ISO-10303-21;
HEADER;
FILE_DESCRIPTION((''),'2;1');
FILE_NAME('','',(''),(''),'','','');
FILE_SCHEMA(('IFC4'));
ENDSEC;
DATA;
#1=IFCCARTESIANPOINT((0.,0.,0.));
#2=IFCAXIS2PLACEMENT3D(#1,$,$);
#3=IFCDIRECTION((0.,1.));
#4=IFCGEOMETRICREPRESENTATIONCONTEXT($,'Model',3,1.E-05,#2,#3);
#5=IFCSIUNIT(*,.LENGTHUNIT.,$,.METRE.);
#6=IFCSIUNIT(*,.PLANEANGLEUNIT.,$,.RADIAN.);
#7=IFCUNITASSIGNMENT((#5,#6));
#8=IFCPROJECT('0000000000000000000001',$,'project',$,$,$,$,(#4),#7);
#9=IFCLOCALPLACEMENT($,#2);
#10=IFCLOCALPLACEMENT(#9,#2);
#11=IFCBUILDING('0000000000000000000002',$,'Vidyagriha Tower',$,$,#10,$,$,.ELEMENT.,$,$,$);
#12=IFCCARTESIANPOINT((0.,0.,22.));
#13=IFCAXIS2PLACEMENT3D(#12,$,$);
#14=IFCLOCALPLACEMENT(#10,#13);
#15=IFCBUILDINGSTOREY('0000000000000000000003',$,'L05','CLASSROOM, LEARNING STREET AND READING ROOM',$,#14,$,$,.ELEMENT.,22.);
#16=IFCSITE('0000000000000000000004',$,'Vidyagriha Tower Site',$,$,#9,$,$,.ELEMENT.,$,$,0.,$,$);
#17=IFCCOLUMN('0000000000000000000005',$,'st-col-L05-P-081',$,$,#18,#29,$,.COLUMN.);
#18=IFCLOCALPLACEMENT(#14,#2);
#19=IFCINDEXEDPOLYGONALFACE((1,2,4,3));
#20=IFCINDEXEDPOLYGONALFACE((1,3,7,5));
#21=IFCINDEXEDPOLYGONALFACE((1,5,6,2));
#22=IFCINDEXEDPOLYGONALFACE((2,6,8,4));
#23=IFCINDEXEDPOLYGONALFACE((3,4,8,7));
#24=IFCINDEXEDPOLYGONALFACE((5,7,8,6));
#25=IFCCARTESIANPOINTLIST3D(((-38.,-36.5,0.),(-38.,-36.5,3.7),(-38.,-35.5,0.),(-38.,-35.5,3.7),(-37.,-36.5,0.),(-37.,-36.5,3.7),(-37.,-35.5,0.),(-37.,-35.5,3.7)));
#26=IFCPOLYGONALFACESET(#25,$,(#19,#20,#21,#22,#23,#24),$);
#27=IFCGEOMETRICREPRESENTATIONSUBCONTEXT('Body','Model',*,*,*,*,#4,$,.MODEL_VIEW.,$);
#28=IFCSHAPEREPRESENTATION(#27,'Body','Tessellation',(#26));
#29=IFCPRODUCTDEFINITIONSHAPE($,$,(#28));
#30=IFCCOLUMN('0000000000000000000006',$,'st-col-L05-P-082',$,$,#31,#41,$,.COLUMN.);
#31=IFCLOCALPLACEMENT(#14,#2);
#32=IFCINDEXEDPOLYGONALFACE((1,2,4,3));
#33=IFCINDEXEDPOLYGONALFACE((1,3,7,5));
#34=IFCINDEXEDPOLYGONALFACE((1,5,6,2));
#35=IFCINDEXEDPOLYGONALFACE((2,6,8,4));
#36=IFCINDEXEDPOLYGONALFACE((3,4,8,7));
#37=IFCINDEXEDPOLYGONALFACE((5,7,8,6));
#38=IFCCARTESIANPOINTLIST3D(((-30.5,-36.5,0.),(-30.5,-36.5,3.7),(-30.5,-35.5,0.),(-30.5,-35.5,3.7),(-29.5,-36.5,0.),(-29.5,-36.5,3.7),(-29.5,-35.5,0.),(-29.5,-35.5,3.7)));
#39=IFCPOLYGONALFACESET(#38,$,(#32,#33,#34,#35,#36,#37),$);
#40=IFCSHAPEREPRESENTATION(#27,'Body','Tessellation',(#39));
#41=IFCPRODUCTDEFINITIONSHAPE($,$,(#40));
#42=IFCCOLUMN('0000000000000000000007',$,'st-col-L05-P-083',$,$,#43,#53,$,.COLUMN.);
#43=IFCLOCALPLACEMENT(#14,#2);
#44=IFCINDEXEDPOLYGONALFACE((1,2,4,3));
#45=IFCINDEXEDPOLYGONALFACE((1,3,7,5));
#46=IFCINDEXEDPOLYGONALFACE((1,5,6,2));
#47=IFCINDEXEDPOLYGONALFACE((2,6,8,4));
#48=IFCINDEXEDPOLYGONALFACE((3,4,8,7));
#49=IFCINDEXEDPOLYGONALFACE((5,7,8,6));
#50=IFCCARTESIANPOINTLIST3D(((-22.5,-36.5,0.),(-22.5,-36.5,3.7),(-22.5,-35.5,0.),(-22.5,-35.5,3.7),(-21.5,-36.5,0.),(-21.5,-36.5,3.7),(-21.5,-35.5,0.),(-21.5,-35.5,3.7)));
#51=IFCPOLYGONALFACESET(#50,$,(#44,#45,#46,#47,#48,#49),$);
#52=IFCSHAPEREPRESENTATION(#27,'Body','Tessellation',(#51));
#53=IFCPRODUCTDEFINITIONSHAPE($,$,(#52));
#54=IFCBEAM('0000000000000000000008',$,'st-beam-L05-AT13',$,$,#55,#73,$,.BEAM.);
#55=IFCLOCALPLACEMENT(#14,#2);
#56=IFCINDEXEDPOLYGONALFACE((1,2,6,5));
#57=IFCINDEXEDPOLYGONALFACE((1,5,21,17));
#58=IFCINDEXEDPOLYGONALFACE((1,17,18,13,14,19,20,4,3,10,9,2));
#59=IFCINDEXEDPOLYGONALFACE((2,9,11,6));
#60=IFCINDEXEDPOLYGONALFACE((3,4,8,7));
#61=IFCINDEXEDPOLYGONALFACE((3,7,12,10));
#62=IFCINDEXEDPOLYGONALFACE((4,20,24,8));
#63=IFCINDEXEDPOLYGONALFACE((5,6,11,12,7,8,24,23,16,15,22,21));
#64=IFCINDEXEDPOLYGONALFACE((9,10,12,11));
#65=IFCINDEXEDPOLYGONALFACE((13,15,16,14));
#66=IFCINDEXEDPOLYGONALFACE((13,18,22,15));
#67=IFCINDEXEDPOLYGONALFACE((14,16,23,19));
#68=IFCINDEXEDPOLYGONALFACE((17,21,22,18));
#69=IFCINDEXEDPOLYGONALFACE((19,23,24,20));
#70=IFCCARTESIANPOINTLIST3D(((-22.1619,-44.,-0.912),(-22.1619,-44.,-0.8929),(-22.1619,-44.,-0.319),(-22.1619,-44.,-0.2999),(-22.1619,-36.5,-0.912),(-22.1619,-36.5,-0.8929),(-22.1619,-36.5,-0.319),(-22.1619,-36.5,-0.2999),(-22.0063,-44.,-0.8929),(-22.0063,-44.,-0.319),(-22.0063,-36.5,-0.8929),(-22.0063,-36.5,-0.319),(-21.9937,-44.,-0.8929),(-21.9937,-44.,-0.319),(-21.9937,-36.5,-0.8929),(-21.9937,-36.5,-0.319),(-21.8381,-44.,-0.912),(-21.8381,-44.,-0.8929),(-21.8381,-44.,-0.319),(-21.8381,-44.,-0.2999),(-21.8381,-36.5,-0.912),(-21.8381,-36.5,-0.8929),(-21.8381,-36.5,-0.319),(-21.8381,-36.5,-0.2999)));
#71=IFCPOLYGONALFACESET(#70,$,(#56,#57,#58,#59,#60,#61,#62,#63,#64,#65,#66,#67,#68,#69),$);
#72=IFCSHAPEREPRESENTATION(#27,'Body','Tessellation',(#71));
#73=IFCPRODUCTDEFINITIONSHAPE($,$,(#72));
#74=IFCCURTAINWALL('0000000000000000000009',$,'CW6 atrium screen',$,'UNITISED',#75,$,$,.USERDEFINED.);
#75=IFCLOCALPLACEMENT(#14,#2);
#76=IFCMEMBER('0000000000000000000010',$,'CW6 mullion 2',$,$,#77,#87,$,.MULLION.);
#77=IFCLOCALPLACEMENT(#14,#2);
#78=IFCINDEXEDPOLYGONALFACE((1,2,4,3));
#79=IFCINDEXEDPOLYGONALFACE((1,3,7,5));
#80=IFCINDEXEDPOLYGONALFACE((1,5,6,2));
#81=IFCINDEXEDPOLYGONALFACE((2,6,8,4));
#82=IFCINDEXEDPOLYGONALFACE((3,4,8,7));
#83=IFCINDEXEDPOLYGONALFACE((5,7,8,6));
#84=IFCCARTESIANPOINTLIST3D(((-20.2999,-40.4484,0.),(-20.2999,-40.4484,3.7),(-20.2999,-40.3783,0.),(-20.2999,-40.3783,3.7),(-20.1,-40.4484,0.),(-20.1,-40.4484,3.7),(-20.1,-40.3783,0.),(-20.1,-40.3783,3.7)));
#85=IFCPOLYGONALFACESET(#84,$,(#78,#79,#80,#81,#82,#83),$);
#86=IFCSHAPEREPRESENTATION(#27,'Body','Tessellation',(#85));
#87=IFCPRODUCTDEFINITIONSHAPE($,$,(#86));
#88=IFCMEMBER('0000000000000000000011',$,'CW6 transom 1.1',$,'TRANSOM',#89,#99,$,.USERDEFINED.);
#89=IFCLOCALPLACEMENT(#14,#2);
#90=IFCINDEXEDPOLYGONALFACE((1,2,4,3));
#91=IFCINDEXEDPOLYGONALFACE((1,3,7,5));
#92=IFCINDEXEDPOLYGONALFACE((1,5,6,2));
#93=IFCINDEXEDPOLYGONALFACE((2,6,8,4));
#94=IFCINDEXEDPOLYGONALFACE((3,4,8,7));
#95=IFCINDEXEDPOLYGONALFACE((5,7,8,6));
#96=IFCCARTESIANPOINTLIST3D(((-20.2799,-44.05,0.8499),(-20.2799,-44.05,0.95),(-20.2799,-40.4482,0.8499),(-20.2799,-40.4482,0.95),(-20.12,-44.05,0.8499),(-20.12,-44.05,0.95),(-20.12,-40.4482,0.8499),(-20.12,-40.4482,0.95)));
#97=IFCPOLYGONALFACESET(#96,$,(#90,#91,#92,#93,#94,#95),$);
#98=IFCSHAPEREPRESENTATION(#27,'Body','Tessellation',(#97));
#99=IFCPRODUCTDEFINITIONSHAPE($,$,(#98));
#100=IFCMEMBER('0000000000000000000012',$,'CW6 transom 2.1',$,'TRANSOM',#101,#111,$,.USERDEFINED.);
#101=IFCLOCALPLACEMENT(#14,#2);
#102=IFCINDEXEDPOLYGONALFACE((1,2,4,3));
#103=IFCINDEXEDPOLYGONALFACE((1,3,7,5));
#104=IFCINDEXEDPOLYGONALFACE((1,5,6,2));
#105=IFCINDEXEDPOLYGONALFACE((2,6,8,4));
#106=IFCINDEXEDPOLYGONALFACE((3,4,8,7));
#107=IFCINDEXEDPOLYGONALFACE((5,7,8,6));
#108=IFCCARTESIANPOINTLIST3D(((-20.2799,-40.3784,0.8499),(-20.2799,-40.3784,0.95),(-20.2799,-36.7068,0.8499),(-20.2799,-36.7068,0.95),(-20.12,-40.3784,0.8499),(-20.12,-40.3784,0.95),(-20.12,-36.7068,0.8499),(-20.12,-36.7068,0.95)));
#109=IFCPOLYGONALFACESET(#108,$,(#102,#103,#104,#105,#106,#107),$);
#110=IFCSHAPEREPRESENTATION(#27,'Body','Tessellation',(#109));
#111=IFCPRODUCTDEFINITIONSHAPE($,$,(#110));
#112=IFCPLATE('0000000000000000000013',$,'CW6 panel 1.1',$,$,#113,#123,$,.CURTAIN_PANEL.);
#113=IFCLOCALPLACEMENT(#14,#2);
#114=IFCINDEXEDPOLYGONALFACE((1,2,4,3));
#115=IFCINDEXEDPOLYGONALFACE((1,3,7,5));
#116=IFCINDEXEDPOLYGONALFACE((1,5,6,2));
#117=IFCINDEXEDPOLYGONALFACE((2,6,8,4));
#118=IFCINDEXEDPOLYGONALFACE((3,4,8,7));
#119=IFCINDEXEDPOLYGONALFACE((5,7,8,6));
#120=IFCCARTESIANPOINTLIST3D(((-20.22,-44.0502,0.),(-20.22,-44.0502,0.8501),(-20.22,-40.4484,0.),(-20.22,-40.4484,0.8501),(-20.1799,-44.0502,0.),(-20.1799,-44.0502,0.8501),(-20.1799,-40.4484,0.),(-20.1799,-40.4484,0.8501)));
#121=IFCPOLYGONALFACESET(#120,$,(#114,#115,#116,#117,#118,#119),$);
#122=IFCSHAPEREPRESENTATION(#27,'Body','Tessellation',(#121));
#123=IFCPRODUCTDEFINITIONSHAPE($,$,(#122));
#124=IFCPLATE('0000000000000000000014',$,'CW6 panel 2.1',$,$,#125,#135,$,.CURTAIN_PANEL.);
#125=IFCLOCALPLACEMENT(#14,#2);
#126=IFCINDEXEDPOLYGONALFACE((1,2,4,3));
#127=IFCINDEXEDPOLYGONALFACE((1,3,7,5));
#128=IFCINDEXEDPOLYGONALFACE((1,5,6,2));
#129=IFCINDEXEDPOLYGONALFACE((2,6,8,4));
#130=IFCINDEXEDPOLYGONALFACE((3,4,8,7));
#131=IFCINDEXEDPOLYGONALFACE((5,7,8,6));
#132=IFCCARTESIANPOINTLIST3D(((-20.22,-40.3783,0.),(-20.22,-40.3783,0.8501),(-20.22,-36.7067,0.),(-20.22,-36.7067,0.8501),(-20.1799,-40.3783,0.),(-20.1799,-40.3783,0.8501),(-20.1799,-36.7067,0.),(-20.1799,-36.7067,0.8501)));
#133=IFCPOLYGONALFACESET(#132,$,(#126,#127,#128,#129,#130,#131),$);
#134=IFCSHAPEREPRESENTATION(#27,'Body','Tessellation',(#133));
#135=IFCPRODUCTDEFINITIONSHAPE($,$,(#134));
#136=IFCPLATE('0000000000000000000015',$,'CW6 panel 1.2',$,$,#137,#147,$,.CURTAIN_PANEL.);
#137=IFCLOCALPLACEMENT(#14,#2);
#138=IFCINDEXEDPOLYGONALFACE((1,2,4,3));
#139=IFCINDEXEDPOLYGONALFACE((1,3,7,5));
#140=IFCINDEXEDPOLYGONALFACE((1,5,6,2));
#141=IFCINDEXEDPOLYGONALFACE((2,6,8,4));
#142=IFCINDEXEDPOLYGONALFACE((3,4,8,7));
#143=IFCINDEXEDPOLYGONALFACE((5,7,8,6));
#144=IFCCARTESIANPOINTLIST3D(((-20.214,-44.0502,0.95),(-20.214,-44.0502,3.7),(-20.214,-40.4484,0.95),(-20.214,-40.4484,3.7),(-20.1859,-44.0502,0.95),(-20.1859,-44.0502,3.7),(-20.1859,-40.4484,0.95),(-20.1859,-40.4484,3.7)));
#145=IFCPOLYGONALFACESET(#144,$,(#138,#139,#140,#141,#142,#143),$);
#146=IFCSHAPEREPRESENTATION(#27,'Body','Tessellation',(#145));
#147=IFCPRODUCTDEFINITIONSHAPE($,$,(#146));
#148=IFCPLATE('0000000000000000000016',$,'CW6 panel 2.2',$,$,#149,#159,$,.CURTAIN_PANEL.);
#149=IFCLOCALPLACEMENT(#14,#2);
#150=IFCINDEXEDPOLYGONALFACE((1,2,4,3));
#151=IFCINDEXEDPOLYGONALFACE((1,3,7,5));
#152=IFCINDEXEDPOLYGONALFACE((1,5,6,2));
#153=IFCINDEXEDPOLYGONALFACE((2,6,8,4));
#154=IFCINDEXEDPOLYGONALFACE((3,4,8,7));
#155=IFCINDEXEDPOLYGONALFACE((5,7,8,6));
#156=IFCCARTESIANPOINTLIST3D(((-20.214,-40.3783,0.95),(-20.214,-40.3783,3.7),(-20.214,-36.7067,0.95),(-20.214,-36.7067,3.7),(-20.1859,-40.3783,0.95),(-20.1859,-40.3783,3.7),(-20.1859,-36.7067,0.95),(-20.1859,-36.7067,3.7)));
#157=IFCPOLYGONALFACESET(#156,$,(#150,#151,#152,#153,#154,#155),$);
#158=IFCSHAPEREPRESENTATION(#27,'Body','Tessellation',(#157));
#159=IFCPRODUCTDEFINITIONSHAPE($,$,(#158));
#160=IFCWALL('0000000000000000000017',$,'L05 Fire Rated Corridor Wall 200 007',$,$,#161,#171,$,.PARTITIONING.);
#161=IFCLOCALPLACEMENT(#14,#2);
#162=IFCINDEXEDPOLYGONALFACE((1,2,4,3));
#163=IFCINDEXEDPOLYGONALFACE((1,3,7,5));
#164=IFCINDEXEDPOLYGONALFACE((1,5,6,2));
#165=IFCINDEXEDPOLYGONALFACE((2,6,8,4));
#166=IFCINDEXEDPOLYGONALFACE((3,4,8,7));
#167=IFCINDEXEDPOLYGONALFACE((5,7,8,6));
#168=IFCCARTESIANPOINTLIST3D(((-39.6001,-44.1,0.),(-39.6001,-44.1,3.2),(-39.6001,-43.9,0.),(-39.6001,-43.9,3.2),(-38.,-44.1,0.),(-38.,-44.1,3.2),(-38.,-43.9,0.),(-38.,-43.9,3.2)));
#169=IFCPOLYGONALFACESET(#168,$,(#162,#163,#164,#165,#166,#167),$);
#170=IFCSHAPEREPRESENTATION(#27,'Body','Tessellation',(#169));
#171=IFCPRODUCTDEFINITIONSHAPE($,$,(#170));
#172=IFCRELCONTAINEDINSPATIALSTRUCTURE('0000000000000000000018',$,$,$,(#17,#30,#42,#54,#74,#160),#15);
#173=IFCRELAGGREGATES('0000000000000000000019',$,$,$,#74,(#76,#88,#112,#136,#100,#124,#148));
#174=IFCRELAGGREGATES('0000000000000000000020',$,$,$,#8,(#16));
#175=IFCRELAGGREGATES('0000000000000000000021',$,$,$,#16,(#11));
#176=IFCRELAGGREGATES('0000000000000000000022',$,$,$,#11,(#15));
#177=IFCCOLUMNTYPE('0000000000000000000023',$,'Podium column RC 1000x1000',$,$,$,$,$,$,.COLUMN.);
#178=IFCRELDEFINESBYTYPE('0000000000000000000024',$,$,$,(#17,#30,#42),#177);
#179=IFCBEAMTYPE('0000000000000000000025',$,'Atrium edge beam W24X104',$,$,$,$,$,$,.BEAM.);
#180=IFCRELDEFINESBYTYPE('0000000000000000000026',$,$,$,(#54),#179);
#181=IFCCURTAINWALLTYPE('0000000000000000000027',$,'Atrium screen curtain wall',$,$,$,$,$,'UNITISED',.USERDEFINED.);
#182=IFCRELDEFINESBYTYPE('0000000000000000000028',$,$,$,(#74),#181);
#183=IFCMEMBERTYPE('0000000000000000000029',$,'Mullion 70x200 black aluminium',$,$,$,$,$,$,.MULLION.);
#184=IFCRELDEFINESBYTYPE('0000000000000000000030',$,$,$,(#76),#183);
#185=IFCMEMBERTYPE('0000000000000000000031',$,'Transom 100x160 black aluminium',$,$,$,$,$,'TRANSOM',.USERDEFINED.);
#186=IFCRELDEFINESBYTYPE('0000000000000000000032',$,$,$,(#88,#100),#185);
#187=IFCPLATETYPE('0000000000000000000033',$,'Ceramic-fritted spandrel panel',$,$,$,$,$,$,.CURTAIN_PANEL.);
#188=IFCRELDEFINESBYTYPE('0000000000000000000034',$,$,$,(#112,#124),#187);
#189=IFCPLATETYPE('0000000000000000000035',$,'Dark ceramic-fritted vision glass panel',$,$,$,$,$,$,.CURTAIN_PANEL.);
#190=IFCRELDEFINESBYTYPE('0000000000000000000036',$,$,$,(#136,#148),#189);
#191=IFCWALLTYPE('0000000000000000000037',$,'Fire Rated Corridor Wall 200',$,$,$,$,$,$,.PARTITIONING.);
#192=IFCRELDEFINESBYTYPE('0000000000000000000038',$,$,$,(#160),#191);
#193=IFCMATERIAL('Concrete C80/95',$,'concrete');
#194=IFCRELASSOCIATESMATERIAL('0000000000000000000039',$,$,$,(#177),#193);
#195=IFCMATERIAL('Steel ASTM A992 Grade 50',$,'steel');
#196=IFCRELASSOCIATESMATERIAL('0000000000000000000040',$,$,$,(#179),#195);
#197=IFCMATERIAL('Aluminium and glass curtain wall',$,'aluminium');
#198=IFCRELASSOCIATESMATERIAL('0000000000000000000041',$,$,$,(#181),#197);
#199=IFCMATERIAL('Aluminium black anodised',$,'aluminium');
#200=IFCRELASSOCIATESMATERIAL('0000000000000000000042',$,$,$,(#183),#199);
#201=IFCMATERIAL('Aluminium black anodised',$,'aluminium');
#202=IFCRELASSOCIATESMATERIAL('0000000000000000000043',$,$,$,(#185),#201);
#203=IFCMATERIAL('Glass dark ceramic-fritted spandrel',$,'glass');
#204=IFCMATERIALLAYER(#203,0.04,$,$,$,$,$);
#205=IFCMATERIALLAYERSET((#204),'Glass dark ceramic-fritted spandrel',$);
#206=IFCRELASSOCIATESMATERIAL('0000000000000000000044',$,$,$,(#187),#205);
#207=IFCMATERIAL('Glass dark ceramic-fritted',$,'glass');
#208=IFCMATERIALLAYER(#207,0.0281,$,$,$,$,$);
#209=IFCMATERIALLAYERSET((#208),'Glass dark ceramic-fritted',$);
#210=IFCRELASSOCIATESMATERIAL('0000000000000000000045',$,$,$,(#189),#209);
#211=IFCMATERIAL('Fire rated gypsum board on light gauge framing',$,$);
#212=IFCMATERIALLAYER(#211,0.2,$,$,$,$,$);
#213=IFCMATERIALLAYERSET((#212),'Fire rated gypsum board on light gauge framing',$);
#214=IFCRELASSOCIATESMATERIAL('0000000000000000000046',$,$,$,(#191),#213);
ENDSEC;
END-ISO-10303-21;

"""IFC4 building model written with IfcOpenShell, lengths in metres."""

from ifc_helpers import new_model, si_unit, direction, frame, frame_2d, origin, origin_2d, place, context, subcontext, project, spatial, rectangle, i_section, extrude, material, layer, layer_set, material_profile, profile_set, type_object, element, aggregate, save


model = new_model("IFC4")

# Units and contexts
model_context = context("Model", 3, precision=1e-05, world=origin(), true_north=direction((0.0, 1.0)))
body_context = subcontext(model_context, "Body", "Model", "MODEL_VIEW")
ifc_project = project(units=[si_unit("LENGTHUNIT", "METRE"), si_unit("PLANEANGLEUNIT", "RADIAN")], contexts=[model_context])

# Site, building, storey
site_placement = place(None, origin())
site = spatial("IfcSite", under=ifc_project, at=site_placement, Name="Vidyagriha Tower Site", CompositionType="ELEMENT", RefElevation=0.0)
building_placement = place(site_placement, origin())
building = spatial("IfcBuilding", under=site, at=building_placement, Name="Vidyagriha Tower", CompositionType="ELEMENT")
storey_placement = place(building_placement, frame((0.0, 0.0, 22.0)))
storey = spatial("IfcBuildingStorey", under=building, at=storey_placement, Name="L05", Description="CLASSROOM, LEARNING STREET AND READING ROOM", CompositionType="ELEMENT", Elevation=22.0)

# Columns
ifc_material_1 = material(Name="Concrete C80/95", Category="concrete")
ifc_material_profile_1 = material_profile(ifc_material_1, rectangle(XDim=1.0, YDim=1.0, at=origin_2d()), Name="RC 1000x1000")
ifc_profile_set_1 = profile_set([ifc_material_profile_1], Name="Concrete C80/95")
column_type = type_object("IfcColumnType", Name="Podium column RC 1000x1000", PredefinedType="COLUMN", material=ifc_profile_set_1)
for number, where, name in (
    (1, (-37.5, -36.0, 0.0), "st-col-L05-P-081"),
    (2, (-30.0, -36.0, 0.0), "st-col-L05-P-082"),
    (3, (-22.0, -36.0, 0.0), "st-col-L05-P-083"),
):
    element("IfcColumn", number, at=place(storey_placement, frame(where)), inside=storey, type_object=column_type, Name=name, PredefinedType="COLUMN", context=body_context, shape_type="SweptSolid", body=[
        extrude(rectangle(XDim=1.0, YDim=1.0, at=origin_2d()), origin(), (0.0, 0.0, 1.0), 3.7),
    ])

# Beam
ifc_material_2 = material(Name="Steel ASTM A992 Grade 50", Category="steel")
ifc_material_profile_2 = material_profile(ifc_material_2, i_section(OverallWidth=0.3237, OverallDepth=0.6121, WebThickness=0.0127, FlangeThickness=0.019, at=origin_2d()), Name="W24X104")
ifc_profile_set_2 = profile_set([ifc_material_profile_2], Name="Steel ASTM A992 Grade 50")
beam_type = type_object("IfcBeamType", Name="Atrium edge beam W24X104", PredefinedType="BEAM", material=ifc_profile_set_2)
beam_placement = place(storey_placement, frame((-22.0, -44.0, -0.606), z_axis=(0.0, 1.0, 0.0), x_axis=(-1.0, 0.0, 0.0)))
element("IfcBeam", 4, at=beam_placement, inside=storey, type_object=beam_type, Name="st-beam-L05-AT13", PredefinedType="BEAM", context=body_context, shape_type="SweptSolid", body=[
    extrude(i_section(OverallWidth=0.3237, OverallDepth=0.6121, WebThickness=0.0127, FlangeThickness=0.019, at=origin_2d()), origin(), (0.0, 0.0, 1.0), 7.5),
])

# Curtain wall, members, plates
ifc_material_3 = material(Name="Aluminium and glass curtain wall", Category="aluminium")
curtain_wall_type = type_object("IfcCurtainWallType", Name="Atrium screen curtain wall", ElementType="UNITISED", PredefinedType="USERDEFINED", material=ifc_material_3)
curtain_wall_placement = place(storey_placement, origin())
curtain_wall = element("IfcCurtainWall", 5, at=curtain_wall_placement, inside=storey, type_object=curtain_wall_type, Name="CW6 atrium screen", ObjectType="UNITISED", PredefinedType="USERDEFINED")
ifc_material_4 = material(Name="Aluminium black anodised", Category="aluminium")
ifc_material_profile_3 = material_profile(ifc_material_4, rectangle(XDim=0.2, YDim=0.0701, at=origin_2d()), Name="Mullion 70x200 black aluminium")
ifc_profile_set_3 = profile_set([ifc_material_profile_3], Name="Aluminium black anodised")
member_type_1 = type_object("IfcMemberType", Name="Mullion 70x200 black aluminium", PredefinedType="MULLION", material=ifc_profile_set_3)
member_1_placement = place(storey_placement, frame((-20.2, -40.4133, 0.0), z_axis=(0.0, 0.0, 1.0), x_axis=(-1.0, 0.0, 0.0)))
member_1 = element("IfcMember", 6, at=member_1_placement, type_object=member_type_1, Name="CW6 mullion 2", PredefinedType="MULLION", context=body_context, shape_type="SweptSolid", body=[
    extrude(rectangle(XDim=0.2, YDim=0.0701, at=origin_2d()), origin(), (0.0, 0.0, 1.0), 3.7),
])
ifc_material_5 = material(Name="Aluminium black anodised", Category="aluminium")
ifc_material_profile_4 = material_profile(ifc_material_5, rectangle(XDim=0.1599, YDim=0.1001, at=origin_2d()), Name="Transom 100x160 black aluminium")
ifc_profile_set_4 = profile_set([ifc_material_profile_4], Name="Aluminium black anodised")
member_type_2 = type_object("IfcMemberType", Name="Transom 100x160 black aluminium", ElementType="TRANSOM", PredefinedType="USERDEFINED", material=ifc_profile_set_4)
member_2_placement = place(storey_placement, frame((-20.2, -44.05, 0.8999), z_axis=(0.0, 1.0, 0.0), x_axis=(-1.0, 0.0, 0.0)))
member_2 = element("IfcMember", 7, at=member_2_placement, type_object=member_type_2, Name="CW6 transom 1.1", ObjectType="TRANSOM", PredefinedType="USERDEFINED", context=body_context, shape_type="SweptSolid", body=[
    extrude(rectangle(XDim=0.1599, YDim=0.1001, at=origin_2d()), origin(), (0.0, 0.0, 1.0), 3.6018),
])
member_3_placement = place(storey_placement, frame((-20.2, -40.3784, 0.8999), z_axis=(0.0, 1.0, 0.0), x_axis=(-1.0, 0.0, 0.0)))
member_3 = element("IfcMember", 8, at=member_3_placement, type_object=member_type_2, Name="CW6 transom 2.1", ObjectType="TRANSOM", PredefinedType="USERDEFINED", context=body_context, shape_type="SweptSolid", body=[
    extrude(rectangle(XDim=0.1599, YDim=0.1001, at=origin_2d()), origin(), (0.0, 0.0, 1.0), 3.6716),
])
ifc_material_6 = material(Name="Glass dark ceramic-fritted spandrel", Category="glass")
ifc_layer_1 = layer(ifc_material_6, 0.04)
ifc_layer_set_1 = layer_set([ifc_layer_1], Name="Glass dark ceramic-fritted spandrel")
plate_type_1 = type_object("IfcPlateType", Name="Ceramic-fritted spandrel panel", PredefinedType="CURTAIN_PANEL", material=ifc_layer_set_1)
plate_1_placement = place(storey_placement, frame((-20.2, -42.2493, 0.0), z_axis=(0.0, 0.0, 1.0), x_axis=(0.0, 1.0, 0.0)))
plate_1 = element("IfcPlate", 9, at=plate_1_placement, type_object=plate_type_1, Name="CW6 panel 1.1", PredefinedType="CURTAIN_PANEL", context=body_context, shape_type="SweptSolid", body=[
    extrude(rectangle(XDim=3.6018, YDim=0.04, at=origin_2d()), origin(), (0.0, 0.0, 1.0), 0.8501),
])
plate_2_placement = place(storey_placement, frame((-20.2, -38.5425, 0.0), z_axis=(0.0, 0.0, 1.0), x_axis=(0.0, 1.0, 0.0)))
plate_2 = element("IfcPlate", 10, at=plate_2_placement, type_object=plate_type_1, Name="CW6 panel 2.1", PredefinedType="CURTAIN_PANEL", context=body_context, shape_type="SweptSolid", body=[
    extrude(rectangle(XDim=3.6716, YDim=0.04, at=origin_2d()), origin(), (0.0, 0.0, 1.0), 0.8501),
])
ifc_material_7 = material(Name="Glass dark ceramic-fritted", Category="glass")
ifc_layer_2 = layer(ifc_material_7, 0.0281)
ifc_layer_set_2 = layer_set([ifc_layer_2], Name="Glass dark ceramic-fritted")
plate_type_2 = type_object("IfcPlateType", Name="Dark ceramic-fritted vision glass panel", PredefinedType="CURTAIN_PANEL", material=ifc_layer_set_2)
plate_3_placement = place(storey_placement, frame((-20.2, -42.2493, 0.95), z_axis=(0.0, 0.0, 1.0), x_axis=(0.0, 1.0, 0.0)))
plate_3 = element("IfcPlate", 11, at=plate_3_placement, type_object=plate_type_2, Name="CW6 panel 1.2", PredefinedType="CURTAIN_PANEL", context=body_context, shape_type="SweptSolid", body=[
    extrude(rectangle(XDim=3.6018, YDim=0.0281, at=origin_2d()), origin(), (0.0, 0.0, 1.0), 2.75),
])
plate_4_placement = place(storey_placement, frame((-20.2, -38.5425, 0.95), z_axis=(0.0, 0.0, 1.0), x_axis=(0.0, 1.0, 0.0)))
plate_4 = element("IfcPlate", 12, at=plate_4_placement, type_object=plate_type_2, Name="CW6 panel 2.2", PredefinedType="CURTAIN_PANEL", context=body_context, shape_type="SweptSolid", body=[
    extrude(rectangle(XDim=3.6716, YDim=0.0281, at=origin_2d()), origin(), (0.0, 0.0, 1.0), 2.75),
])
aggregate(curtain_wall, [member_1, member_2, plate_1, plate_3, member_3, plate_2, plate_4])

# Wall
ifc_material_8 = material(Name="Fire rated gypsum board on light gauge framing")
ifc_layer_3 = layer(ifc_material_8, 0.2)
ifc_layer_set_3 = layer_set([ifc_layer_3], Name="Fire rated gypsum board on light gauge framing")
wall_type = type_object("IfcWallType", Name="Fire Rated Corridor Wall 200", PredefinedType="PARTITIONING", material=ifc_layer_set_3)
wall_1_placement = place(storey_placement, frame((-39.6001, -44.0, 0.0)))
element("IfcWall", 13, at=wall_1_placement, inside=storey, type_object=wall_type, Name="L05 Fire Rated Corridor Wall 200 007", PredefinedType="PARTITIONING", context=body_context, shape_type="SweptSolid", body=[
    extrude(rectangle(XDim=1.6001, YDim=0.2, at=frame_2d((0.8, 0.0))), origin(), (0.0, 0.0, 1.0), 3.2),
])

save(model, "model.ifc")
